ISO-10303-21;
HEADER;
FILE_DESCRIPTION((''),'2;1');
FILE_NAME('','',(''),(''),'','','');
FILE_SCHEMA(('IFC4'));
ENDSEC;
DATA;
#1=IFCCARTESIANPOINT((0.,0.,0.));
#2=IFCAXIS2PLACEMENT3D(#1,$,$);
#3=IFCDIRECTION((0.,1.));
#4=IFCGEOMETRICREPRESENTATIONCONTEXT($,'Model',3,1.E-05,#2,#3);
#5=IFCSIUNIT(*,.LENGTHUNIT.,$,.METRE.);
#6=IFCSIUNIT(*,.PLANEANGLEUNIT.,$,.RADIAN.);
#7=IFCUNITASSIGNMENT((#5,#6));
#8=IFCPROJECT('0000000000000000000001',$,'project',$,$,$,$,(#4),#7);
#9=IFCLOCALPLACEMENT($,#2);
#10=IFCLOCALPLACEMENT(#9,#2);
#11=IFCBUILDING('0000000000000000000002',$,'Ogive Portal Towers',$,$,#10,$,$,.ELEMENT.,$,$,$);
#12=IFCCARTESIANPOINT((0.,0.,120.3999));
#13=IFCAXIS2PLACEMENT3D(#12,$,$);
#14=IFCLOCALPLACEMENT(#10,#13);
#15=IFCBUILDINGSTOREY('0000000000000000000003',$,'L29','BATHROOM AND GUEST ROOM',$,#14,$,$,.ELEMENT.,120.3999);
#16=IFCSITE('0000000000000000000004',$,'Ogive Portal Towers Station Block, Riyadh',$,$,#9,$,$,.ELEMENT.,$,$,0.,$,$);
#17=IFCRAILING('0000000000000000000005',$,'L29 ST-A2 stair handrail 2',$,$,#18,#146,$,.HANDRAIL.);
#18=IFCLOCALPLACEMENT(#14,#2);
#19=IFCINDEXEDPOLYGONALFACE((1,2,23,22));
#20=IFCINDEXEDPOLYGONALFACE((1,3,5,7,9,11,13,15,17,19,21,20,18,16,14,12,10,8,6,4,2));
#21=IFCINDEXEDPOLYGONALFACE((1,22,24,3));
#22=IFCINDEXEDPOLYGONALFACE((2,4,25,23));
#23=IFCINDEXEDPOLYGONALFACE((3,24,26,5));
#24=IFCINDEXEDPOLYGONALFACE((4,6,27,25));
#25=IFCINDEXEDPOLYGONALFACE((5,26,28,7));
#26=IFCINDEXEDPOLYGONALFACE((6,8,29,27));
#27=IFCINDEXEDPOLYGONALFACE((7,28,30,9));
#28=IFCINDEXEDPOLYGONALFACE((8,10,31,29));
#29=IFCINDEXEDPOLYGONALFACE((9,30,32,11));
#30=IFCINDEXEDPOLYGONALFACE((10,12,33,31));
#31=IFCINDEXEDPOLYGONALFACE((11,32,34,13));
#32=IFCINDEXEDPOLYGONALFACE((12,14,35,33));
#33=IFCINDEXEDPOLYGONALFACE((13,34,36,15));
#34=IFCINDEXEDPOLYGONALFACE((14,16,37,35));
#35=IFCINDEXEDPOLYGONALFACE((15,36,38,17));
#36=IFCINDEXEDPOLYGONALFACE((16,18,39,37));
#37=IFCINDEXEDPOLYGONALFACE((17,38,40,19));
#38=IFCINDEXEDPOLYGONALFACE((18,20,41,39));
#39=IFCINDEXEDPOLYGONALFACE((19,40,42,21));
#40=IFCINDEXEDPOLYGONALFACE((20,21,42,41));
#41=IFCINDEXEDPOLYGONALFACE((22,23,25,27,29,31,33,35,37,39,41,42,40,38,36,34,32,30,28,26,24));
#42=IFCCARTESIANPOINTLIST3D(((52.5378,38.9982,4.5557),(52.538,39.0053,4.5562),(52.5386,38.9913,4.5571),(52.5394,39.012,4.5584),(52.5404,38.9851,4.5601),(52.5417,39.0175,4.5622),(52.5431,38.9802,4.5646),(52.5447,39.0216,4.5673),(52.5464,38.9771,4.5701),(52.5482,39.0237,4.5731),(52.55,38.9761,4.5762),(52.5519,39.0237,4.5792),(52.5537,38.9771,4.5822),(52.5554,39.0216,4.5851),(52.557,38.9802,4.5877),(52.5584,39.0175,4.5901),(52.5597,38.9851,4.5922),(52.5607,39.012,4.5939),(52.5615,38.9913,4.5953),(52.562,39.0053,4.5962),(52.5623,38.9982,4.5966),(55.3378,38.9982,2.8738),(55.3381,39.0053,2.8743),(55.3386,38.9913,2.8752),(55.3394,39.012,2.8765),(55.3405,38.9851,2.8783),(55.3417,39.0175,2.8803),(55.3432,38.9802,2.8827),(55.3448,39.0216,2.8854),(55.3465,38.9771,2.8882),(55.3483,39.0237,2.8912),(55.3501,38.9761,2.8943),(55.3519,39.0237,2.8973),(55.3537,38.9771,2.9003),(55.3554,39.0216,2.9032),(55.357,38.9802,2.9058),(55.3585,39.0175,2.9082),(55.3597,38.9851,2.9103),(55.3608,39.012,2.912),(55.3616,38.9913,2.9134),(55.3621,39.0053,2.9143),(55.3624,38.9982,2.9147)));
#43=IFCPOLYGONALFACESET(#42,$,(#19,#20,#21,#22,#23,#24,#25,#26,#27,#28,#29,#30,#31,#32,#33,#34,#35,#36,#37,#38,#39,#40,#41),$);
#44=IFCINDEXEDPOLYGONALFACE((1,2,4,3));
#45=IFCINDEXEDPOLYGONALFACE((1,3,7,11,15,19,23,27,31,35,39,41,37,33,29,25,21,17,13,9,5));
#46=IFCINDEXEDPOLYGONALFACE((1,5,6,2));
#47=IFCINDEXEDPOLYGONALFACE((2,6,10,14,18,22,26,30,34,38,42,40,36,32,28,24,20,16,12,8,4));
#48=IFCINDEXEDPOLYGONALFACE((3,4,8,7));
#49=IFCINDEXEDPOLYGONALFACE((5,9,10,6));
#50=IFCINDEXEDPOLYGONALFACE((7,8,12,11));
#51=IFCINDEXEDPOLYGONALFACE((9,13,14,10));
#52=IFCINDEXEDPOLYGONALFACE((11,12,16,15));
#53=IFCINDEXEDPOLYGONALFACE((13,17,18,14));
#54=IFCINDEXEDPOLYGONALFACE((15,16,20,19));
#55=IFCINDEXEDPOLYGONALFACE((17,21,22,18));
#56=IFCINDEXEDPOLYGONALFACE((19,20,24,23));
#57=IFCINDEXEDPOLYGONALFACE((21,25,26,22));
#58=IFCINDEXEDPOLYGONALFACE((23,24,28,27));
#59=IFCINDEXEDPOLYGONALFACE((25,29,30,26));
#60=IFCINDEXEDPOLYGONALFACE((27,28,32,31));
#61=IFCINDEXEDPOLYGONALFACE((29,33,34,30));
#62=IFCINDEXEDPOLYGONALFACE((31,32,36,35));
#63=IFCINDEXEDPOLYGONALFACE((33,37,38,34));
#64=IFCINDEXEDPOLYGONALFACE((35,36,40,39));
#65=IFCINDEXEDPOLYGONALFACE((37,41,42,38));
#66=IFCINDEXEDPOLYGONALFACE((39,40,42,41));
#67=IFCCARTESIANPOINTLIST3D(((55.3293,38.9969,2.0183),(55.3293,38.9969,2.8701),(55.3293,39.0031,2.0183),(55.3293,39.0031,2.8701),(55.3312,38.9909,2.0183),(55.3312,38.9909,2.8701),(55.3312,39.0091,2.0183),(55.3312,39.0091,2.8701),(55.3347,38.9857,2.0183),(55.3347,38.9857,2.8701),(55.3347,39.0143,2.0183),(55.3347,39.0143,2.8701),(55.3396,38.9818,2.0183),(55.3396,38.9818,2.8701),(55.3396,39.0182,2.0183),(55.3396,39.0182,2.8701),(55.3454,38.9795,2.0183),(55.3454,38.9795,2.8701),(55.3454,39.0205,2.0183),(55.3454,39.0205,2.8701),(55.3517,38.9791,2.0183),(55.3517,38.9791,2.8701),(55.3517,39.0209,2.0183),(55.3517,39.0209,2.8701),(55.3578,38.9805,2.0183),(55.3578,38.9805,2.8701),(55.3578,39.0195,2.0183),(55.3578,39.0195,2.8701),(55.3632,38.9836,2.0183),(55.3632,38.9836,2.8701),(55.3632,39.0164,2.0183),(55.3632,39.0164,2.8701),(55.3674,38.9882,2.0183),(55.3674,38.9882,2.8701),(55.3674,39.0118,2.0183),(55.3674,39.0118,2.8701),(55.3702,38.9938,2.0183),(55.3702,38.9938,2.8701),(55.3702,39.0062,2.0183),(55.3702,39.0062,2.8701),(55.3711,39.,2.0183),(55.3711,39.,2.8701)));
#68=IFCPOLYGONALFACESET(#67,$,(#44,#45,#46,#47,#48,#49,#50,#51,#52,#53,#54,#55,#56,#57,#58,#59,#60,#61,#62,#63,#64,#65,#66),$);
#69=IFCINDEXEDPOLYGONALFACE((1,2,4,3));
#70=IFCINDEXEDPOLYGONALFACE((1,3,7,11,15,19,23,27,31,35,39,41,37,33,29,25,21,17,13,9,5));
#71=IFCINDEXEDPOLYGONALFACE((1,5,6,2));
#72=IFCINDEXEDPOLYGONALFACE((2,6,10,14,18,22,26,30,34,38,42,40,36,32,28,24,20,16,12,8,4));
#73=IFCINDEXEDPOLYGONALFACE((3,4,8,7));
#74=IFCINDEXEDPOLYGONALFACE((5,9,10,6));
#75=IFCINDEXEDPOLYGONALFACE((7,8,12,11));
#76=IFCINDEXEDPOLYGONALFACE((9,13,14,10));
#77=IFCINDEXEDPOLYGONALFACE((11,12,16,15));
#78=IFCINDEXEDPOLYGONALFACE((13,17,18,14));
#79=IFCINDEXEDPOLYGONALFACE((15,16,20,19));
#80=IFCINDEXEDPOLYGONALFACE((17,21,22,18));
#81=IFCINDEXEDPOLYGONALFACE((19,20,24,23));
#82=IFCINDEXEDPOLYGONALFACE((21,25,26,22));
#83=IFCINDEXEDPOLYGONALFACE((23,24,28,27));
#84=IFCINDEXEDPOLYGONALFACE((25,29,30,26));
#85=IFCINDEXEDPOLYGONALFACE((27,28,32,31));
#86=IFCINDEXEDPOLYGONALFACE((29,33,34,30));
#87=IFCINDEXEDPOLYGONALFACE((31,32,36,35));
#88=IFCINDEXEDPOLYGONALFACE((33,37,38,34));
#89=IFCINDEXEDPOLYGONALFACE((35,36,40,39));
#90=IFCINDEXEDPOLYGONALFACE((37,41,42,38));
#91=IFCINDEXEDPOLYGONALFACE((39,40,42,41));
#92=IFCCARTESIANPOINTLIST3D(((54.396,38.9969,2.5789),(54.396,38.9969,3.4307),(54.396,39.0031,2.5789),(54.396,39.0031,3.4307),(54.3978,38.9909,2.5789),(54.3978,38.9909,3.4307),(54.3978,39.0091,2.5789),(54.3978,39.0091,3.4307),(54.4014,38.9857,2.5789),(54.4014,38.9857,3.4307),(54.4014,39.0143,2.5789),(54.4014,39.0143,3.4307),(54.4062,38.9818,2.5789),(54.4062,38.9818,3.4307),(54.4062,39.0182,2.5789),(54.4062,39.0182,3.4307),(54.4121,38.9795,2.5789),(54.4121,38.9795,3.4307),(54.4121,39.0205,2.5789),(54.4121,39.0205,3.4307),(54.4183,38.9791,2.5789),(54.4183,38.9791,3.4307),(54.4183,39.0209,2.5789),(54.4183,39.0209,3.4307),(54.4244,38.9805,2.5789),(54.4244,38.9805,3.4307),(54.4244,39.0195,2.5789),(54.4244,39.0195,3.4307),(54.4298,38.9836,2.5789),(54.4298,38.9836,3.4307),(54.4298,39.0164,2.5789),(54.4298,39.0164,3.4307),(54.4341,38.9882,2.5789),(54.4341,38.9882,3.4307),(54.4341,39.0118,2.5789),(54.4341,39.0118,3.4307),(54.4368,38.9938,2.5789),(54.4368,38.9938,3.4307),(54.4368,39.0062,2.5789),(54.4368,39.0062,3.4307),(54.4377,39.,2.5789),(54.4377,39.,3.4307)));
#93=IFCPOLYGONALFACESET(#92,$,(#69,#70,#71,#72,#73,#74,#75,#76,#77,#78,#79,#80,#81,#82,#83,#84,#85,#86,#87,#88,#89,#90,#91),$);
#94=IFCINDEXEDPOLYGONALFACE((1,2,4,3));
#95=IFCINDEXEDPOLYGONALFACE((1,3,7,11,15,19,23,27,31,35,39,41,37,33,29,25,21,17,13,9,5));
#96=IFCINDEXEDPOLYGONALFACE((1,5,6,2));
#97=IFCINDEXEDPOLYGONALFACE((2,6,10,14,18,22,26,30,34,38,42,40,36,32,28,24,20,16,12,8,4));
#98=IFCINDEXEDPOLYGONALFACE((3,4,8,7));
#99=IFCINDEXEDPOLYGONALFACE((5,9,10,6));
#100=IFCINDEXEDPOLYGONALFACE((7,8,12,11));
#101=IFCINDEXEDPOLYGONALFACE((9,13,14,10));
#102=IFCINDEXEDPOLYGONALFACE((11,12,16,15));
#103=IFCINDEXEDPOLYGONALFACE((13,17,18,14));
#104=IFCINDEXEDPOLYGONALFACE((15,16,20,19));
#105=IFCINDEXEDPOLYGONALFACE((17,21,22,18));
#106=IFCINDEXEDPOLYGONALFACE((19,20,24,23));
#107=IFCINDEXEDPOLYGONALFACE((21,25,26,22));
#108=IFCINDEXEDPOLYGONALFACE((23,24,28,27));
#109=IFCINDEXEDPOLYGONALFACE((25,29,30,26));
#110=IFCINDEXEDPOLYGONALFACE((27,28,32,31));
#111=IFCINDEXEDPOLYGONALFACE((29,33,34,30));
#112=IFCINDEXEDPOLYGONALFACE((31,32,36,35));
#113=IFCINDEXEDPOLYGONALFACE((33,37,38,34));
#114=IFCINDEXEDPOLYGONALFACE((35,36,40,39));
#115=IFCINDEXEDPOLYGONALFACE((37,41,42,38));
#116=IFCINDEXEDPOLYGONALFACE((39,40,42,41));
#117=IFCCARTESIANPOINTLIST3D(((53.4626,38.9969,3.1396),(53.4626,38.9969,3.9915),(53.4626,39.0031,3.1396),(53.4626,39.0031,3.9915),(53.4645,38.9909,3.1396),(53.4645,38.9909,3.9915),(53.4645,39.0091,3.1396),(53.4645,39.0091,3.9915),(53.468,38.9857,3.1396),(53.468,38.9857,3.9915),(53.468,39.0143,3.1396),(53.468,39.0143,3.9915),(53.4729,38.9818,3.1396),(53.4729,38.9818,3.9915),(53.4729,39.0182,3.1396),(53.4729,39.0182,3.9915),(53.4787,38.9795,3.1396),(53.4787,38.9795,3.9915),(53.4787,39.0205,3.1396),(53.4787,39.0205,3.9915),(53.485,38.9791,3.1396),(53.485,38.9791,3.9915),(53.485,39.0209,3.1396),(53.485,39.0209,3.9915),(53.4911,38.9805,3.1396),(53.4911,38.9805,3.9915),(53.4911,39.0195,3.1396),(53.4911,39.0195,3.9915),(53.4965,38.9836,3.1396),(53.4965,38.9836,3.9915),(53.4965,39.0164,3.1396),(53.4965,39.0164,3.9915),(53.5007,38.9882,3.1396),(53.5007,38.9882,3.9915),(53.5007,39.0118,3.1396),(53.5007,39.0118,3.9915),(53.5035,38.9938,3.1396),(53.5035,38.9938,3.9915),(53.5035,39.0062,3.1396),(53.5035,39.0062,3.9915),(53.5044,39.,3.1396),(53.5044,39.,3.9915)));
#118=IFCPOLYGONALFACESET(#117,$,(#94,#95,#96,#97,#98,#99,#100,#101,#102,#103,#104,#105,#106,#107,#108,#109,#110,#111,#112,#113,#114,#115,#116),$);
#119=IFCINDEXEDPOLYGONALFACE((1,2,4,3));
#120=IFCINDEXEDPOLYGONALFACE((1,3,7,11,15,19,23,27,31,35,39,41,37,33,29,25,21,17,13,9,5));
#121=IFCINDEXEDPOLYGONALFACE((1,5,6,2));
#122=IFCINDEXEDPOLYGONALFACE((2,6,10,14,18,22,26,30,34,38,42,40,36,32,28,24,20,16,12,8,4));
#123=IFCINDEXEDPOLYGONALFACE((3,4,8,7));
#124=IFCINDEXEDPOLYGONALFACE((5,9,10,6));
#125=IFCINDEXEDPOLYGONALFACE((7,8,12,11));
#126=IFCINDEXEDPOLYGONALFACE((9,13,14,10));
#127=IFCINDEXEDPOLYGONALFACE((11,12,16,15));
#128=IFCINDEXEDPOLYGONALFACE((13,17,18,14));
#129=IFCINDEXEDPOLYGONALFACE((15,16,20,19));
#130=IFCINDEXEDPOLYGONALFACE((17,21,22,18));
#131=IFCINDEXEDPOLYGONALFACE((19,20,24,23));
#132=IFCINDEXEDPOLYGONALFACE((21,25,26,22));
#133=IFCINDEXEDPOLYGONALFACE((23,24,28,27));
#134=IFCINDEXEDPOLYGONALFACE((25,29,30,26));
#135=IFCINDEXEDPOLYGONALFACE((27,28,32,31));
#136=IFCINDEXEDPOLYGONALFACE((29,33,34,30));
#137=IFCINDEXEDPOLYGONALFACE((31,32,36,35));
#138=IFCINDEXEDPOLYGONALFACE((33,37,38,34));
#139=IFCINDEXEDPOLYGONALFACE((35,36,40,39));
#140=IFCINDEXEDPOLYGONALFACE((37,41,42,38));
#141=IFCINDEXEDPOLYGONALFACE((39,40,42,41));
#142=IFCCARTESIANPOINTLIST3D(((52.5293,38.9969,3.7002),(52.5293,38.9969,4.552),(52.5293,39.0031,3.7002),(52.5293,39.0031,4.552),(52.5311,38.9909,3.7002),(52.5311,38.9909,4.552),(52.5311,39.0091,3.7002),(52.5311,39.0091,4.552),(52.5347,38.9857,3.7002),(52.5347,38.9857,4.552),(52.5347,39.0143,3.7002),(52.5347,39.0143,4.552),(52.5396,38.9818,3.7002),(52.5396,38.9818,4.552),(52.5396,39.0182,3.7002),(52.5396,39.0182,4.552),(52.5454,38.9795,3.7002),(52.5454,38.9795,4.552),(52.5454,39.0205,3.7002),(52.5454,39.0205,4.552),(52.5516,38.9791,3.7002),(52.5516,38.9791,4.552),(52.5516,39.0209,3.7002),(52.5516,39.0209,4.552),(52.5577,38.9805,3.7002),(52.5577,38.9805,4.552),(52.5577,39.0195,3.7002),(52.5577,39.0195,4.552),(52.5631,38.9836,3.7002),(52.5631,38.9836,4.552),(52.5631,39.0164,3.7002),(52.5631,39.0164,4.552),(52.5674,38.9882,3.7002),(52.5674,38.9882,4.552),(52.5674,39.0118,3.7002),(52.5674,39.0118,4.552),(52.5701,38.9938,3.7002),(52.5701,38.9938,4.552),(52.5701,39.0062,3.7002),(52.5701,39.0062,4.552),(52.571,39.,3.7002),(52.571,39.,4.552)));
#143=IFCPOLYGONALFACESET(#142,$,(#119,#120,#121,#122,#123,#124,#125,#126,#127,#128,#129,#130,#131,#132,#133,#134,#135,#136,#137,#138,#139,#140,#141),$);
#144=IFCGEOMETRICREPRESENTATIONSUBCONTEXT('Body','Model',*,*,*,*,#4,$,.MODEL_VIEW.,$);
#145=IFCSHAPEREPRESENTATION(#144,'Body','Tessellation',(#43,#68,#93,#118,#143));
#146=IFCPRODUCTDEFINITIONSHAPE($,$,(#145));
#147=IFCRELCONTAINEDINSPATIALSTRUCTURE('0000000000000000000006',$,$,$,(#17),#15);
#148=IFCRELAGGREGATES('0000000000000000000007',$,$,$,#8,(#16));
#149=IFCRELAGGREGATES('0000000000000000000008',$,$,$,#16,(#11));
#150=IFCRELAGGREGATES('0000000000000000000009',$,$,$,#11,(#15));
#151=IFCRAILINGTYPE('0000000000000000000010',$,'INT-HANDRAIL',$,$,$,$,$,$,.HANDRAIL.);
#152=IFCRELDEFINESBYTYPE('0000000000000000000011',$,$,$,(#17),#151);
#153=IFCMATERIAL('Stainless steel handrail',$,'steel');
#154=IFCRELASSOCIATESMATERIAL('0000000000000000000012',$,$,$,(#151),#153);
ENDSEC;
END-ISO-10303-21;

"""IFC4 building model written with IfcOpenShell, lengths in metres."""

from ifc_helpers import new_model, si_unit, direction, frame, origin, origin_2d, place, context, subcontext, project, spatial, circle, extrude, material, type_object, element, save


model = new_model("IFC4")

# Units and contexts
model_context = context("Model", 3, precision=1e-05, world=origin(), true_north=direction((0.0, 1.0)))
body_context = subcontext(model_context, "Body", "Model", "MODEL_VIEW")
ifc_project = project(units=[si_unit("LENGTHUNIT", "METRE"), si_unit("PLANEANGLEUNIT", "RADIAN")], contexts=[model_context])

# Site, building, storey
site_placement = place(None, origin())
site = spatial("IfcSite", under=ifc_project, at=site_placement, Name="Ogive Portal Towers Station Block, Riyadh", CompositionType="ELEMENT", RefElevation=0.0)
building_placement = place(site_placement, origin())
building = spatial("IfcBuilding", under=site, at=building_placement, Name="Ogive Portal Towers", CompositionType="ELEMENT")
storey_placement = place(building_placement, frame((0.0, 0.0, 120.3999)))
storey = spatial("IfcBuildingStorey", under=building, at=storey_placement, Name="L29", Description="BATHROOM AND GUEST ROOM", CompositionType="ELEMENT", Elevation=120.3999)

# Railing
ifc_material_1 = material(Name="Stainless steel handrail", Category="steel")
railing_type_1 = type_object("IfcRailingType", Name="INT-HANDRAIL", PredefinedType="HANDRAIL", material=ifc_material_1)
railing_1_placement = place(storey_placement, frame((55.3501, 39.0, 2.0183)))
element("IfcRailing", 1, at=railing_1_placement, inside=storey, type_object=railing_type_1, Name="L29 ST-A2 stair handrail 2", PredefinedType="HANDRAIL", context=body_context, shape_type="SweptSolid", body=[
    extrude(circle(Radius=0.0239, at=origin_2d()), frame((0.0, 0.0, 0.876), z_axis=(-0.857242, 0.0, 0.514913), x_axis=(0.0, -1.0, 0.0)), (0.0, 0.0, 1.0), 3.2664),
    extrude(circle(Radius=0.021, at=origin_2d()), origin(), (0.0, 0.0, 1.0), 0.8518),
    extrude(circle(Radius=0.021, at=origin_2d()), frame((-0.9333, 0.0, 0.5605)), (0.0, 0.0, 1.0), 0.8518),
    extrude(circle(Radius=0.021, at=origin_2d()), frame((-1.8667, 0.0, 1.1213)), (0.0, 0.0, 1.0), 0.8518),
    extrude(circle(Radius=0.021, at=origin_2d()), frame((-2.8, 0.0, 1.6819)), (0.0, 0.0, 1.0), 0.8518),
])

save(model, "model.ifc")
